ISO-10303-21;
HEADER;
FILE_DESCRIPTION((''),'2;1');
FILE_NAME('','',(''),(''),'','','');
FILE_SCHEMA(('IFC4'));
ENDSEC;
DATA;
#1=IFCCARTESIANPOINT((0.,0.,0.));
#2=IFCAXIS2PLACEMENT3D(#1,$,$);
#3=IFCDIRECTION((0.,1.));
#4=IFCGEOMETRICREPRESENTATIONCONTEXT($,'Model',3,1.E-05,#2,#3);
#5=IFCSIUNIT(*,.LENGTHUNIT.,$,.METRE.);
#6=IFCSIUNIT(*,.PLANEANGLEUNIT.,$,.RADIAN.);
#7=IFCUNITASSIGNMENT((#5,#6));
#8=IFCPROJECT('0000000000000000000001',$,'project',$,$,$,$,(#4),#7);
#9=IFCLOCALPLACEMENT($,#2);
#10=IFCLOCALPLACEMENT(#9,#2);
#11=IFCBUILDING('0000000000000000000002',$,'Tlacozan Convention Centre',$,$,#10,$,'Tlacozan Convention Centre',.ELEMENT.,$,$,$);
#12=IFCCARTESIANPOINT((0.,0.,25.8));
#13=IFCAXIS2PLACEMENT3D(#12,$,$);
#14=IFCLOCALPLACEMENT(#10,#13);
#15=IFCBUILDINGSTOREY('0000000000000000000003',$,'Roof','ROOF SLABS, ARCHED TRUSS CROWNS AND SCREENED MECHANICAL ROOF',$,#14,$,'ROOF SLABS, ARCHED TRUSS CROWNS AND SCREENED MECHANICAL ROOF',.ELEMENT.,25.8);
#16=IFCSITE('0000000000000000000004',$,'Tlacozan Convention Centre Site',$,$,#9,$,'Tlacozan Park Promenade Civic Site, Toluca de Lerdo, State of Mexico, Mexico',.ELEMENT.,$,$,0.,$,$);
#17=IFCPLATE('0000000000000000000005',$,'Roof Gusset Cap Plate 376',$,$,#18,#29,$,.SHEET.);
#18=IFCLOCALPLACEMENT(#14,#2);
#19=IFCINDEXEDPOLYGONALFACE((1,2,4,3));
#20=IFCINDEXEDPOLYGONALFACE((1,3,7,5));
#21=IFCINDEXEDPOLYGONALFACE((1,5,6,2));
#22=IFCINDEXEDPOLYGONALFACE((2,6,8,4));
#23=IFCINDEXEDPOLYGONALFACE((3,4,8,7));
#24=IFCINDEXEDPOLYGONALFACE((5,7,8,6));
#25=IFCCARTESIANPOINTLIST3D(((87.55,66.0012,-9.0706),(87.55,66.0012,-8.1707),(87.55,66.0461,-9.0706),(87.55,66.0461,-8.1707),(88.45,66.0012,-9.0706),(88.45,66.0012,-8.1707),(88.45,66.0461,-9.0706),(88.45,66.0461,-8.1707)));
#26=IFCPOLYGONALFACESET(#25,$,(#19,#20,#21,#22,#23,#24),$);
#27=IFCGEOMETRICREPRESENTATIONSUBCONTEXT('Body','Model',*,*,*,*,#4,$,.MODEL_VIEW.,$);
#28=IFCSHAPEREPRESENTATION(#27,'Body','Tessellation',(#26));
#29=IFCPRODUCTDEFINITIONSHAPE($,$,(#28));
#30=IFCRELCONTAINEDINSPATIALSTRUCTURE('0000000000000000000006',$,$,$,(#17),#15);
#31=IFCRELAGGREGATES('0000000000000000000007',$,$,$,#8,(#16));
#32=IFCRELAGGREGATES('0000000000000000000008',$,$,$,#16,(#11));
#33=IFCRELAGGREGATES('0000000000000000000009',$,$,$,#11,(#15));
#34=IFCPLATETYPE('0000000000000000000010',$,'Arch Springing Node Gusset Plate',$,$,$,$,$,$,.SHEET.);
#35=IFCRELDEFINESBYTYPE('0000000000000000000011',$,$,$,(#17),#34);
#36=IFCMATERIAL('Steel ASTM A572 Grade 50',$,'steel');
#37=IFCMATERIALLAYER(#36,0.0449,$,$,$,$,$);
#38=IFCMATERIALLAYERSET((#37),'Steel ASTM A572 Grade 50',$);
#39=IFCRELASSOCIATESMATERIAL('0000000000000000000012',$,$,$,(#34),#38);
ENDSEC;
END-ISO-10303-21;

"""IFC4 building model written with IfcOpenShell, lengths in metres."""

from ifc_helpers import new_model, si_unit, direction, frame, origin, origin_2d, place, context, subcontext, project, spatial, rectangle, extrude, material, layer, layer_set, type_object, element, save


model = new_model("IFC4")

# Units and contexts
model_context = context("Model", 3, precision=1e-05, world=origin(), true_north=direction((0.0, 1.0)))
body_context = subcontext(model_context, "Body", "Model", "MODEL_VIEW")
ifc_project = project(units=[si_unit("LENGTHUNIT", "METRE"), si_unit("PLANEANGLEUNIT", "RADIAN")], contexts=[model_context])

# Site, building, storey
site_placement = place(None, origin())
site = spatial("IfcSite", under=ifc_project, at=site_placement, Name="Tlacozan Convention Centre Site", LongName="Tlacozan Park Promenade Civic Site, Toluca de Lerdo, State of Mexico, Mexico", CompositionType="ELEMENT", RefElevation=0.0)
building_placement = place(site_placement, origin())
building = spatial("IfcBuilding", under=site, at=building_placement, Name="Tlacozan Convention Centre", LongName="Tlacozan Convention Centre", CompositionType="ELEMENT")
storey_placement = place(building_placement, frame((0.0, 0.0, 25.8)))
storey = spatial("IfcBuildingStorey", under=building, at=storey_placement, Name="Roof", Description="ROOF SLABS, ARCHED TRUSS CROWNS AND SCREENED MECHANICAL ROOF", LongName="ROOF SLABS, ARCHED TRUSS CROWNS AND SCREENED MECHANICAL ROOF", CompositionType="ELEMENT", Elevation=25.8)

# Plate
ifc_material_1 = material(Name="Steel ASTM A572 Grade 50", Category="steel")
ifc_layer = layer(ifc_material_1, 0.0449)
ifc_layer_set = layer_set([ifc_layer], Name="Steel ASTM A572 Grade 50")
plate_type = type_object("IfcPlateType", Name="Arch Springing Node Gusset Plate", PredefinedType="SHEET", material=ifc_layer_set)
plate_placement = place(storey_placement, frame((88.0, 66.0237, -9.0706), z_axis=(0.0, 0.0, 1.0), x_axis=(0.0, 1.0, 0.0)))
element("IfcPlate", 1, at=plate_placement, inside=storey, type_object=plate_type, Name="Roof Gusset Cap Plate 376", PredefinedType="SHEET", context=body_context, shape_type="SweptSolid", body=[
    extrude(rectangle(XDim=0.0449, YDim=0.8999, at=origin_2d()), origin(), (0.0, 0.0, 1.0), 0.8999),
])

save(model, "model.ifc")
